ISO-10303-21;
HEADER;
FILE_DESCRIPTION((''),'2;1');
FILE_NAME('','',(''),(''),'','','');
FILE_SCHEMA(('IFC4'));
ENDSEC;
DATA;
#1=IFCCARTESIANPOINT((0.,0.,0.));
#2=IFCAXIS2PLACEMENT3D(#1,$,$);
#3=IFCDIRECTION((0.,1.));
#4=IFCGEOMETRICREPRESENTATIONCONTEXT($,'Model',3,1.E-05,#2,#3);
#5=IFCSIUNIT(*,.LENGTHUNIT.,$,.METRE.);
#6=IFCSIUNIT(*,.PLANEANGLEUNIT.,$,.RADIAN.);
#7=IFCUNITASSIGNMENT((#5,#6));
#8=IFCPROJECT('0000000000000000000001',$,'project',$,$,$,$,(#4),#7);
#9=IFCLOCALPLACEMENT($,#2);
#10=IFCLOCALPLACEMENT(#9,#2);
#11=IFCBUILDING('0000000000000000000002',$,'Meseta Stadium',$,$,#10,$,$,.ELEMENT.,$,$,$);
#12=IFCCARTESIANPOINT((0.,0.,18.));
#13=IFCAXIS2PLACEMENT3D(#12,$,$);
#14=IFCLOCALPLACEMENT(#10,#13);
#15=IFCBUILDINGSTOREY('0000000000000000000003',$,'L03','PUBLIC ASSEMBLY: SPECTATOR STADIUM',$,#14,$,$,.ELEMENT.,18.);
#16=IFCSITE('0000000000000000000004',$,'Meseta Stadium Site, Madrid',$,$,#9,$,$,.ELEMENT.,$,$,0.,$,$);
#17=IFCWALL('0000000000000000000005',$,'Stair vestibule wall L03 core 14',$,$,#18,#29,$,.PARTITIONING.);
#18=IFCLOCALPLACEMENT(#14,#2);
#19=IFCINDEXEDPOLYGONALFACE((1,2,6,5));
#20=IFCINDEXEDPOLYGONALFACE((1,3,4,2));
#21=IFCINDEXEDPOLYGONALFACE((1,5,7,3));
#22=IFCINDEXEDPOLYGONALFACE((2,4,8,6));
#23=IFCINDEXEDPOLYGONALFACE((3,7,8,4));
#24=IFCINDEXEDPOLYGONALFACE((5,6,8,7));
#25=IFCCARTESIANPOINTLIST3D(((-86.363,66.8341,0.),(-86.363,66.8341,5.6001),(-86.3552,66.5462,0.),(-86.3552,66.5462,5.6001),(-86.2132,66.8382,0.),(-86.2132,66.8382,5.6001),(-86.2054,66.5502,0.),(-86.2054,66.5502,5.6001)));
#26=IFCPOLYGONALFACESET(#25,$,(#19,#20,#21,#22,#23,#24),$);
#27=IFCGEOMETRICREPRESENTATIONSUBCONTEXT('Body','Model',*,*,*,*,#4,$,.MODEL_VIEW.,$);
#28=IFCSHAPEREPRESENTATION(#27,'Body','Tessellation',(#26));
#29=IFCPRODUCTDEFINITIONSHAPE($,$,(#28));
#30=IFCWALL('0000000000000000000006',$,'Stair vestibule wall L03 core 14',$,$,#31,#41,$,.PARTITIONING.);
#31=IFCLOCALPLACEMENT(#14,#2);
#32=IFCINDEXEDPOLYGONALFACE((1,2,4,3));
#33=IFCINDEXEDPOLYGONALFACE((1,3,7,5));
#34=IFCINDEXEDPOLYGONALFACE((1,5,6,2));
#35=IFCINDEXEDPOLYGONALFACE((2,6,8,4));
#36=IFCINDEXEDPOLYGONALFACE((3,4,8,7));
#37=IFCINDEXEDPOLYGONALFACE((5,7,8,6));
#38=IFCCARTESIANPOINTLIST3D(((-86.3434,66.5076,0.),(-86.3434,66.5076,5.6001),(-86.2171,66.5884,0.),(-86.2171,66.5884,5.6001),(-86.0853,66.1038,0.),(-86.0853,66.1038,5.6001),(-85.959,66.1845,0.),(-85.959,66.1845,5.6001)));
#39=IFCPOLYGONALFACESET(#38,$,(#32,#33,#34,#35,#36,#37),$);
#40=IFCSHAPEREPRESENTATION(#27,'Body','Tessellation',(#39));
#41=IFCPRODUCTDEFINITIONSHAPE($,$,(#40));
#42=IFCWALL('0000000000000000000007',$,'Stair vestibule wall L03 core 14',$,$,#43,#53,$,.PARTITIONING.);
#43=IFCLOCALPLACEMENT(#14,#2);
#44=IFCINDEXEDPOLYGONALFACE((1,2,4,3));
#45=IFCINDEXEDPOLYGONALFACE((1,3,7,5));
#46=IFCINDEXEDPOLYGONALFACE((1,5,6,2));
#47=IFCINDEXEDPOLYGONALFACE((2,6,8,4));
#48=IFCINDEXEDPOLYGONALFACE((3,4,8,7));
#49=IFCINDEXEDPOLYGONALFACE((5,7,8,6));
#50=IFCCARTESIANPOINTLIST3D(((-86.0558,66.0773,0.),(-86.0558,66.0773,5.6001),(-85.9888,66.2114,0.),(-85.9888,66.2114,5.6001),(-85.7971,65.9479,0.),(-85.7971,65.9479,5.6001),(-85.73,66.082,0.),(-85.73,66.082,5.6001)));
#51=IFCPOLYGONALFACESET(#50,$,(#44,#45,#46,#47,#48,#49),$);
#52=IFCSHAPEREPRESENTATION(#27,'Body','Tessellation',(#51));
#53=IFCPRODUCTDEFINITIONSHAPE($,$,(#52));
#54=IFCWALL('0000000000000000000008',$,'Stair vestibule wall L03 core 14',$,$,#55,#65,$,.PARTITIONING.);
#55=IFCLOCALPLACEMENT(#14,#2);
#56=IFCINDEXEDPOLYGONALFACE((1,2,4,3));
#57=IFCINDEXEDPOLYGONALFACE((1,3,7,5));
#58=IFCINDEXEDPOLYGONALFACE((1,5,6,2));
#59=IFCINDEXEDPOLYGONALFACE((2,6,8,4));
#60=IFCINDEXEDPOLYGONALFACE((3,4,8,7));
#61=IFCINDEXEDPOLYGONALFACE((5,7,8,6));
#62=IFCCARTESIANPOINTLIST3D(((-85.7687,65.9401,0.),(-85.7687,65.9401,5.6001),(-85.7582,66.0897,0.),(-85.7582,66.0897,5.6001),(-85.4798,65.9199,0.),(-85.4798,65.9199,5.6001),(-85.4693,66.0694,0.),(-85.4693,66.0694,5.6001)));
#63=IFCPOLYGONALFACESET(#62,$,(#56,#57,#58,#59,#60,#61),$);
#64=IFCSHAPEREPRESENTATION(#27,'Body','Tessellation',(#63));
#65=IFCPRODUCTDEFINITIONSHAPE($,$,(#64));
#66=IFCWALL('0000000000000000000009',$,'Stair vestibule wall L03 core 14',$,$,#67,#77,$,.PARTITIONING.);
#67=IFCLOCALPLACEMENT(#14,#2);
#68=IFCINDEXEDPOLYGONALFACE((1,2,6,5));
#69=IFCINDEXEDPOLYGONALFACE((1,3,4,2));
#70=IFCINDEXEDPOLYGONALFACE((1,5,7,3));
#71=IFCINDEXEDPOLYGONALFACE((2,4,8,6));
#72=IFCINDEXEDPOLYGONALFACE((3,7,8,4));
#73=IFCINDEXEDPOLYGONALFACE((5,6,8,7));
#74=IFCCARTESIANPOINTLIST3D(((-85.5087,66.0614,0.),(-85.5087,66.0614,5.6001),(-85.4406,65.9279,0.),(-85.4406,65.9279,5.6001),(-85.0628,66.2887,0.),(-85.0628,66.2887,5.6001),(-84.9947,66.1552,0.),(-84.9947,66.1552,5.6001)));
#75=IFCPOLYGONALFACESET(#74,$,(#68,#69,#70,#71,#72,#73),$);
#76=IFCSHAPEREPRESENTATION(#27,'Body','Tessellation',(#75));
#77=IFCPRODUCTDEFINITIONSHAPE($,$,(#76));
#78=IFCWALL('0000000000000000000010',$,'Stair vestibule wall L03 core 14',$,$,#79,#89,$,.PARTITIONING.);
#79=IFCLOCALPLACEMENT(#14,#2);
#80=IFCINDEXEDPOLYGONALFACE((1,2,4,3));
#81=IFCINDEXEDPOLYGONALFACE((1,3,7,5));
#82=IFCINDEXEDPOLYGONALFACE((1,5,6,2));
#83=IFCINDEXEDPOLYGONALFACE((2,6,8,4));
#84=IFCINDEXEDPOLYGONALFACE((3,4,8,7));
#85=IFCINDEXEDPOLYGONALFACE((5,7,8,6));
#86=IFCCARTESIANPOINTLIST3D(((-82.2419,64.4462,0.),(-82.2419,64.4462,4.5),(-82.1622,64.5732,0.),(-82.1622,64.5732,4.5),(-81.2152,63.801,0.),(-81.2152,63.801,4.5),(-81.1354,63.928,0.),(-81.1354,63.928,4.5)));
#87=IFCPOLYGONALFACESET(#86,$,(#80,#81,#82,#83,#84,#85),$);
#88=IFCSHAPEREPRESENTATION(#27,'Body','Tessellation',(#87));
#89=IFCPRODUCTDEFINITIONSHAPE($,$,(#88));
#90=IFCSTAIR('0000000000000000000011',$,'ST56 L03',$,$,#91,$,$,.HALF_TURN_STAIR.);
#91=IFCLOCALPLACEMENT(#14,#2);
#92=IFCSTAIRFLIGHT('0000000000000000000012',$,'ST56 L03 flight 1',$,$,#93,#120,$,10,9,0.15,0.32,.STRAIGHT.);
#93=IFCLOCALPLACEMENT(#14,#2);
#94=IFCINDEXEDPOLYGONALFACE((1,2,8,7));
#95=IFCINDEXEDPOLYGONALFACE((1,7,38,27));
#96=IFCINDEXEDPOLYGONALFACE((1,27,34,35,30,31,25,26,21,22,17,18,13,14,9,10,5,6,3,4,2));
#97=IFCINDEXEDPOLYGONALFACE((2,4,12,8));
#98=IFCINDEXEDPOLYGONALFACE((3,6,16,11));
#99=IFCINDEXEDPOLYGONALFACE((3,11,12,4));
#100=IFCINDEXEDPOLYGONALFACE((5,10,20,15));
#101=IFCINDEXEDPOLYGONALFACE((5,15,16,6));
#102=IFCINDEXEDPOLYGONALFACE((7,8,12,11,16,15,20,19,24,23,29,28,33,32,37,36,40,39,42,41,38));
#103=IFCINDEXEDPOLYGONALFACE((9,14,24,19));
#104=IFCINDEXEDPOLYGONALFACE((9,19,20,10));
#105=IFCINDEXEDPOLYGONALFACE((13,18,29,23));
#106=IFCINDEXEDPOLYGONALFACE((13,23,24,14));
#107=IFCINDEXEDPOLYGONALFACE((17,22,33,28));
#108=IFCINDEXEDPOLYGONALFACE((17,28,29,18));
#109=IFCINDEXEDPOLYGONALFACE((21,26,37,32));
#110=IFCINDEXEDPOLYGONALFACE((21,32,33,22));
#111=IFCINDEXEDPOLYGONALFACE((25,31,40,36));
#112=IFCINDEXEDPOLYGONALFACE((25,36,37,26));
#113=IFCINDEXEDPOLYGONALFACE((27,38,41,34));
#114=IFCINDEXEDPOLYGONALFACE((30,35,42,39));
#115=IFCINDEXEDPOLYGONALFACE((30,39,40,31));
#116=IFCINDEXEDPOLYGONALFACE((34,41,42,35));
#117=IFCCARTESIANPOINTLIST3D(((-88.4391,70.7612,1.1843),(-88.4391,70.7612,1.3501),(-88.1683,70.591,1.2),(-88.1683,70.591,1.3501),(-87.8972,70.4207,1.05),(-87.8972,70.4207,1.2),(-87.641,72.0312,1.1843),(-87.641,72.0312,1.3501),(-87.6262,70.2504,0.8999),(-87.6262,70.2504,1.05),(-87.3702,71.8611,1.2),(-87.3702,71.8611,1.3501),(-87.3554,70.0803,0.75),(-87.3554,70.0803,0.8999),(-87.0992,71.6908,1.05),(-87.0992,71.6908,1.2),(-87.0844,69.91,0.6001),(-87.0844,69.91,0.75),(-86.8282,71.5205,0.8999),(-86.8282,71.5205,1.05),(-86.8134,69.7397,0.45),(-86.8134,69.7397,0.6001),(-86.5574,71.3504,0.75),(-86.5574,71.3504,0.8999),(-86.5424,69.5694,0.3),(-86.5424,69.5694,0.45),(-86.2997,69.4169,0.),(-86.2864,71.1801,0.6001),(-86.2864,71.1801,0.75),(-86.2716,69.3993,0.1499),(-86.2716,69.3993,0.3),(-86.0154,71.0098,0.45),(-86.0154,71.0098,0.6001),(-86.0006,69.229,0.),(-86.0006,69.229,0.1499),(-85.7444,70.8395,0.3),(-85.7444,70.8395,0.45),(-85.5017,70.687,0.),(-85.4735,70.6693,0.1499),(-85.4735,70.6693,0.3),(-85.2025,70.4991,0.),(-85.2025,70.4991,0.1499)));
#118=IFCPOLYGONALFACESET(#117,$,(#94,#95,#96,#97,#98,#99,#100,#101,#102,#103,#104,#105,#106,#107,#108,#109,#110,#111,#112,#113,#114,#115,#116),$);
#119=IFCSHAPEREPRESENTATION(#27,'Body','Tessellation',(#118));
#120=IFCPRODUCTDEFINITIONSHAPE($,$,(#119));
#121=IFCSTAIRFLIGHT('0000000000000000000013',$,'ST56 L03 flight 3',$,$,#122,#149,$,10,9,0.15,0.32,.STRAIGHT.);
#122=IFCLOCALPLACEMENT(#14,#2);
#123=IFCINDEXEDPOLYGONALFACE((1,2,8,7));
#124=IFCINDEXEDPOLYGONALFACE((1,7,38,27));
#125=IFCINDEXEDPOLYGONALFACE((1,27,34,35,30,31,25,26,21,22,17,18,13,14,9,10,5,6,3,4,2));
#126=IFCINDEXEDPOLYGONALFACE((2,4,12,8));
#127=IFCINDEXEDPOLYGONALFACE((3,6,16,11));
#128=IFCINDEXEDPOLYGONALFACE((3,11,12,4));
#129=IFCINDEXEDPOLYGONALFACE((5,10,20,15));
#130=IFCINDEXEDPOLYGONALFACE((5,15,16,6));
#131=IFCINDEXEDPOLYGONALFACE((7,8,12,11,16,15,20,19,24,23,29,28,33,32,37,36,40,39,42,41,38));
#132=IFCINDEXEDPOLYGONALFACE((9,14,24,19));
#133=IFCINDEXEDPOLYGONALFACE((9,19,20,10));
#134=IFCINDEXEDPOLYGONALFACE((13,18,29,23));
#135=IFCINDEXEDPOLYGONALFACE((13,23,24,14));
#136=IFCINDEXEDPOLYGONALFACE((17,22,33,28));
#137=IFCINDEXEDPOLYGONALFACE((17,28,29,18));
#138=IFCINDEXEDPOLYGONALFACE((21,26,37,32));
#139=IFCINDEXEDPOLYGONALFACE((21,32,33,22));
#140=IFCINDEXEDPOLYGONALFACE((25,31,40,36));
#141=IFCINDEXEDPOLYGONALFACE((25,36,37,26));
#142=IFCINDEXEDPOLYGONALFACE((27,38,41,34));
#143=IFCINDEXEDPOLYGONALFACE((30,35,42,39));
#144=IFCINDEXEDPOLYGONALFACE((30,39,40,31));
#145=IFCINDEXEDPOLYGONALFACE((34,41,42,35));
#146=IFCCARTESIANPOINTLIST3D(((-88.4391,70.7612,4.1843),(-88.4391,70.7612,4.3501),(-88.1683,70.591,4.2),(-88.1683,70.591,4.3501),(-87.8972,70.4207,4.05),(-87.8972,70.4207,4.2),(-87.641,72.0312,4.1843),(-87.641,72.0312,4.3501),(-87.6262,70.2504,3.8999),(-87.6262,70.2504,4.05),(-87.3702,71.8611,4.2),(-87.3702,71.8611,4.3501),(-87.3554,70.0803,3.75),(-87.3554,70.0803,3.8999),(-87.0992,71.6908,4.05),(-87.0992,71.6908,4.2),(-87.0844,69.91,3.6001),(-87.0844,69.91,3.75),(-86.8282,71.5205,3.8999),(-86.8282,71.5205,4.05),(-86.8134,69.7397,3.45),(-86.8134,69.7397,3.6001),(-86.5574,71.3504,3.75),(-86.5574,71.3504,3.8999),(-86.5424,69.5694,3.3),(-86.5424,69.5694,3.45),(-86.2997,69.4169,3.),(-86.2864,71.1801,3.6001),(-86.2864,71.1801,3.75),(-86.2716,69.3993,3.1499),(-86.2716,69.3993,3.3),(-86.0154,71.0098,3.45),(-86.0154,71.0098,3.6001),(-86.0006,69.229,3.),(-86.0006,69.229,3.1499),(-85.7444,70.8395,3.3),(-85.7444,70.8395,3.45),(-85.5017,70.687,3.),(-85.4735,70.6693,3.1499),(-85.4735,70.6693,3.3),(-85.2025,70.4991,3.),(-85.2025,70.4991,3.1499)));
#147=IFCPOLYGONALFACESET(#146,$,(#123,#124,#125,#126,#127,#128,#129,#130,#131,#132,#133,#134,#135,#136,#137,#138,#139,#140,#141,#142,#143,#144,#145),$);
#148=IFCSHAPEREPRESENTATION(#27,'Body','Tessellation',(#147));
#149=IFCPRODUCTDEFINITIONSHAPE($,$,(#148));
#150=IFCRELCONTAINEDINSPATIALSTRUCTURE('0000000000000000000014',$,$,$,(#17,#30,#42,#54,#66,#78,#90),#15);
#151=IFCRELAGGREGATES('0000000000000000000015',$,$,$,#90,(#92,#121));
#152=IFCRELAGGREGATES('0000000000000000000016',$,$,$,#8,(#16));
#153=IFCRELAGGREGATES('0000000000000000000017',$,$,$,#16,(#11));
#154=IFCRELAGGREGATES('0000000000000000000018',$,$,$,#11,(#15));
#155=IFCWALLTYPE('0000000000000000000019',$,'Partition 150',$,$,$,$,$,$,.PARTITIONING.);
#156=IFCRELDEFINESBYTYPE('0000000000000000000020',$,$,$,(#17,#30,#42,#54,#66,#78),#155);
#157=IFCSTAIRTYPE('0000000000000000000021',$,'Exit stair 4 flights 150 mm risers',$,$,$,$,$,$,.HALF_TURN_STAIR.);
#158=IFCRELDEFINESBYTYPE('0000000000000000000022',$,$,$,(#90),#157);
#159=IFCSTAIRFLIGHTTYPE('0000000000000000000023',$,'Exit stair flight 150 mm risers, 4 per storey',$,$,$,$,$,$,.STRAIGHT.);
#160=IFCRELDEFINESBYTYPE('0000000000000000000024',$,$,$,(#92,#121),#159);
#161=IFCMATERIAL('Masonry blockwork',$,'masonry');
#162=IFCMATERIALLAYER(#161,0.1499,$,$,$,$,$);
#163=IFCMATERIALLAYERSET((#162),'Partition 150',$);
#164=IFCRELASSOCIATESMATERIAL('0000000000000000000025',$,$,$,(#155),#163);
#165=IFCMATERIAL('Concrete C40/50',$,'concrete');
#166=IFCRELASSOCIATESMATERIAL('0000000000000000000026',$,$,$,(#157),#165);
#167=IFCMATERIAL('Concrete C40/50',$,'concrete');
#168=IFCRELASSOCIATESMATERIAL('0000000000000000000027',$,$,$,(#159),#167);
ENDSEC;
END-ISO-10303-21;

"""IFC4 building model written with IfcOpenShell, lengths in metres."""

from ifc_helpers import new_model, si_unit, direction, frame, frame_2d, origin, place, context, subcontext, project, spatial, polyline, rectangle, outline, extrude, material, layer, layer_set, type_object, element, aggregate, save


model = new_model("IFC4")

# Units and contexts
model_context = context("Model", 3, precision=1e-05, world=origin(), true_north=direction((0.0, 1.0)))
body_context = subcontext(model_context, "Body", "Model", "MODEL_VIEW")
ifc_project = project(units=[si_unit("LENGTHUNIT", "METRE"), si_unit("PLANEANGLEUNIT", "RADIAN")], contexts=[model_context])

# Site, building, storey
site_placement = place(None, origin())
site = spatial("IfcSite", under=ifc_project, at=site_placement, Name="Meseta Stadium Site, Madrid", CompositionType="ELEMENT", RefElevation=0.0)
building_placement = place(site_placement, origin())
building = spatial("IfcBuilding", under=site, at=building_placement, Name="Meseta Stadium", CompositionType="ELEMENT")
storey_placement = place(building_placement, frame((0.0, 0.0, 18.0)))
storey = spatial("IfcBuildingStorey", under=building, at=storey_placement, Name="L03", Description="PUBLIC ASSEMBLY: SPECTATOR STADIUM", CompositionType="ELEMENT", Elevation=18.0)

# Shared definitions
ifc_material_1 = material(Name="Masonry blockwork", Category="masonry")
ifc_layer_1 = layer(ifc_material_1, 0.1499)
ifc_layer_set_1 = layer_set([ifc_layer_1], Name="Partition 150")
wall_type_1 = type_object("IfcWallType", Name="Partition 150", PredefinedType="PARTITIONING", material=ifc_layer_set_1)

# Walls
wall_1_placement = place(storey_placement, frame((-86.2881, 66.8362, 0.0), z_axis=(0.0, 0.0, 1.0), x_axis=(0.027109, -0.999632, 0.0)))
element("IfcWall", 1, at=wall_1_placement, inside=storey, type_object=wall_type_1, Name="Stair vestibule wall L03 core 14", PredefinedType="PARTITIONING", context=body_context, shape_type="SweptSolid", body=[
    extrude(rectangle(XDim=0.2881, YDim=0.1499, at=frame_2d((0.144, 0.0))), origin(), (0.0, 0.0, 1.0), 5.6001),
])
wall_2_placement = place(storey_placement, frame((-86.2803, 66.5481, 0.0), z_axis=(0.0, 0.0, 1.0), x_axis=(0.53849, -0.842632, 0.0)))
element("IfcWall", 2, at=wall_2_placement, inside=storey, type_object=wall_type_1, Name="Stair vestibule wall L03 core 14", PredefinedType="PARTITIONING", context=body_context, shape_type="SweptSolid", body=[
    extrude(rectangle(XDim=0.4792, YDim=0.1499, at=frame_2d((0.2397, 0.0))), origin(), (0.0, 0.0, 1.0), 5.6001),
])
wall_3_placement = place(storey_placement, frame((-86.0222, 66.1443, 0.0), z_axis=(0.0, 0.0, 1.0), x_axis=(0.894427, -0.447214, 0.0)))
element("IfcWall", 3, at=wall_3_placement, inside=storey, type_object=wall_type_1, Name="Stair vestibule wall L03 core 14", PredefinedType="PARTITIONING", context=body_context, shape_type="SweptSolid", body=[
    extrude(rectangle(XDim=0.2893, YDim=0.1499, at=frame_2d((0.1445, 0.0))), origin(), (0.0, 0.0, 1.0), 5.6001),
])
wall_4_placement = place(storey_placement, frame((-85.7634, 66.0149, 0.0), z_axis=(0.0, 0.0, 1.0), x_axis=(0.997548, -0.069989, 0.0)))
element("IfcWall", 4, at=wall_4_placement, inside=storey, type_object=wall_type_1, Name="Stair vestibule wall L03 core 14", PredefinedType="PARTITIONING", context=body_context, shape_type="SweptSolid", body=[
    extrude(rectangle(XDim=0.2896, YDim=0.1499, at=frame_2d((0.1448, 0.0))), origin(), (0.0, 0.0, 1.0), 5.6001),
])
wall_5_placement = place(storey_placement, frame((-85.4746, 65.9946, 0.0), z_axis=(0.0, 0.0, 1.0), x_axis=(0.890887, 0.454225, 0.0)))
element("IfcWall", 5, at=wall_5_placement, inside=storey, type_object=wall_type_1, Name="Stair vestibule wall L03 core 14", PredefinedType="PARTITIONING", context=body_context, shape_type="SweptSolid", body=[
    extrude(rectangle(XDim=0.5005, YDim=0.1499, at=frame_2d((0.2502, 0.0))), origin(), (0.0, 0.0, 1.0), 5.6001),
])
wall_6_placement = place(storey_placement, frame((-82.2021, 64.5098, 0.0), z_axis=(0.0, 0.0, 1.0), x_axis=(0.846707, -0.53206, 0.0)))
element("IfcWall", 6, at=wall_6_placement, inside=storey, type_object=wall_type_1, Name="Stair vestibule wall L03 core 14", PredefinedType="PARTITIONING", context=body_context, shape_type="SweptSolid", body=[
    extrude(rectangle(XDim=1.2126, YDim=0.1499, at=frame_2d((0.6064, 0.0))), origin(), (0.0, 0.0, 1.0), 4.5),
])

# Stair, stair flights
ifc_material_2 = material(Name="Concrete C40/50", Category="concrete")
stair_type = type_object("IfcStairType", Name="Exit stair 4 flights 150 mm risers", PredefinedType="HALF_TURN_STAIR", material=ifc_material_2)
stair_placement = place(storey_placement, origin())
stair = element("IfcStair", 7, at=stair_placement, inside=storey, type_object=stair_type, Name="ST56 L03", PredefinedType="HALF_TURN_STAIR")
ifc_material_3 = material(Name="Concrete C40/50", Category="concrete")
stair_flight_type = type_object("IfcStairFlightType", Name="Exit stair flight 150 mm risers, 4 per storey", PredefinedType="STRAIGHT", material=ifc_material_3)
stair_flight_1_placement = place(storey_placement, frame((-85.6016, 69.864, 0.0), z_axis=(0.0, 0.0, 1.0), x_axis=(-0.846724, 0.532032, 0.0)))
stair_flight_1 = element("IfcStairFlight", 8, at=stair_flight_1_placement, type_object=stair_flight_type, Name="ST56 L03 flight 1", NumberOfRisers=10, NumberOfTreads=9, PredefinedType="STRAIGHT", RiserHeight=0.15, TreadLength=0.32, context=body_context, shape_type="SweptSolid", body=[
    extrude(outline(polyline([(0.0, 0.0), (0.0, 0.1499), (0.3201, 0.1499), (0.3201, 0.3), (0.6399, 0.3), (0.6399, 0.45), (0.96, 0.45), (0.96, 0.6001), (1.28, 0.6001), (1.28, 0.75), (1.6001, 0.75), (1.6001, 0.8999), (1.9199, 0.8999), (1.9199, 1.05), (2.24, 1.05), (2.24, 1.2), (2.5601, 1.2), (2.5601, 1.3501), (2.8799, 1.3501), (2.8799, 1.1843), (0.3533, 0.0), (0.0, 0.0)])), frame((0.0, 0.75, 0.0), z_axis=(0.0, -1.0, 0.0), x_axis=(1.0, 0.0, 0.0)), (0.0, 0.0, 1.0), 1.5),
])
stair_flight_2_placement = place(storey_placement, frame((-85.6016, 69.864, 3.0), z_axis=(0.0, 0.0, 1.0), x_axis=(-0.846724, 0.532032, 0.0)))
stair_flight_2 = element("IfcStairFlight", 9, at=stair_flight_2_placement, type_object=stair_flight_type, Name="ST56 L03 flight 3", NumberOfRisers=10, NumberOfTreads=9, PredefinedType="STRAIGHT", RiserHeight=0.15, TreadLength=0.32, context=body_context, shape_type="SweptSolid", body=[
    extrude(outline(polyline([(0.0, 0.0), (0.0, 0.1499), (0.3201, 0.1499), (0.3201, 0.3), (0.6399, 0.3), (0.6399, 0.45), (0.96, 0.45), (0.96, 0.6001), (1.28, 0.6001), (1.28, 0.75), (1.6001, 0.75), (1.6001, 0.8999), (1.9199, 0.8999), (1.9199, 1.05), (2.24, 1.05), (2.24, 1.2), (2.5601, 1.2), (2.5601, 1.3501), (2.8799, 1.3501), (2.8799, 1.1843), (0.3533, 0.0), (0.0, 0.0)])), frame((0.0, 0.75, 0.0), z_axis=(0.0, -1.0, 0.0), x_axis=(1.0, 0.0, 0.0)), (0.0, 0.0, 1.0), 1.5),
])
aggregate(stair, [stair_flight_1, stair_flight_2])

save(model, "model.ifc")
